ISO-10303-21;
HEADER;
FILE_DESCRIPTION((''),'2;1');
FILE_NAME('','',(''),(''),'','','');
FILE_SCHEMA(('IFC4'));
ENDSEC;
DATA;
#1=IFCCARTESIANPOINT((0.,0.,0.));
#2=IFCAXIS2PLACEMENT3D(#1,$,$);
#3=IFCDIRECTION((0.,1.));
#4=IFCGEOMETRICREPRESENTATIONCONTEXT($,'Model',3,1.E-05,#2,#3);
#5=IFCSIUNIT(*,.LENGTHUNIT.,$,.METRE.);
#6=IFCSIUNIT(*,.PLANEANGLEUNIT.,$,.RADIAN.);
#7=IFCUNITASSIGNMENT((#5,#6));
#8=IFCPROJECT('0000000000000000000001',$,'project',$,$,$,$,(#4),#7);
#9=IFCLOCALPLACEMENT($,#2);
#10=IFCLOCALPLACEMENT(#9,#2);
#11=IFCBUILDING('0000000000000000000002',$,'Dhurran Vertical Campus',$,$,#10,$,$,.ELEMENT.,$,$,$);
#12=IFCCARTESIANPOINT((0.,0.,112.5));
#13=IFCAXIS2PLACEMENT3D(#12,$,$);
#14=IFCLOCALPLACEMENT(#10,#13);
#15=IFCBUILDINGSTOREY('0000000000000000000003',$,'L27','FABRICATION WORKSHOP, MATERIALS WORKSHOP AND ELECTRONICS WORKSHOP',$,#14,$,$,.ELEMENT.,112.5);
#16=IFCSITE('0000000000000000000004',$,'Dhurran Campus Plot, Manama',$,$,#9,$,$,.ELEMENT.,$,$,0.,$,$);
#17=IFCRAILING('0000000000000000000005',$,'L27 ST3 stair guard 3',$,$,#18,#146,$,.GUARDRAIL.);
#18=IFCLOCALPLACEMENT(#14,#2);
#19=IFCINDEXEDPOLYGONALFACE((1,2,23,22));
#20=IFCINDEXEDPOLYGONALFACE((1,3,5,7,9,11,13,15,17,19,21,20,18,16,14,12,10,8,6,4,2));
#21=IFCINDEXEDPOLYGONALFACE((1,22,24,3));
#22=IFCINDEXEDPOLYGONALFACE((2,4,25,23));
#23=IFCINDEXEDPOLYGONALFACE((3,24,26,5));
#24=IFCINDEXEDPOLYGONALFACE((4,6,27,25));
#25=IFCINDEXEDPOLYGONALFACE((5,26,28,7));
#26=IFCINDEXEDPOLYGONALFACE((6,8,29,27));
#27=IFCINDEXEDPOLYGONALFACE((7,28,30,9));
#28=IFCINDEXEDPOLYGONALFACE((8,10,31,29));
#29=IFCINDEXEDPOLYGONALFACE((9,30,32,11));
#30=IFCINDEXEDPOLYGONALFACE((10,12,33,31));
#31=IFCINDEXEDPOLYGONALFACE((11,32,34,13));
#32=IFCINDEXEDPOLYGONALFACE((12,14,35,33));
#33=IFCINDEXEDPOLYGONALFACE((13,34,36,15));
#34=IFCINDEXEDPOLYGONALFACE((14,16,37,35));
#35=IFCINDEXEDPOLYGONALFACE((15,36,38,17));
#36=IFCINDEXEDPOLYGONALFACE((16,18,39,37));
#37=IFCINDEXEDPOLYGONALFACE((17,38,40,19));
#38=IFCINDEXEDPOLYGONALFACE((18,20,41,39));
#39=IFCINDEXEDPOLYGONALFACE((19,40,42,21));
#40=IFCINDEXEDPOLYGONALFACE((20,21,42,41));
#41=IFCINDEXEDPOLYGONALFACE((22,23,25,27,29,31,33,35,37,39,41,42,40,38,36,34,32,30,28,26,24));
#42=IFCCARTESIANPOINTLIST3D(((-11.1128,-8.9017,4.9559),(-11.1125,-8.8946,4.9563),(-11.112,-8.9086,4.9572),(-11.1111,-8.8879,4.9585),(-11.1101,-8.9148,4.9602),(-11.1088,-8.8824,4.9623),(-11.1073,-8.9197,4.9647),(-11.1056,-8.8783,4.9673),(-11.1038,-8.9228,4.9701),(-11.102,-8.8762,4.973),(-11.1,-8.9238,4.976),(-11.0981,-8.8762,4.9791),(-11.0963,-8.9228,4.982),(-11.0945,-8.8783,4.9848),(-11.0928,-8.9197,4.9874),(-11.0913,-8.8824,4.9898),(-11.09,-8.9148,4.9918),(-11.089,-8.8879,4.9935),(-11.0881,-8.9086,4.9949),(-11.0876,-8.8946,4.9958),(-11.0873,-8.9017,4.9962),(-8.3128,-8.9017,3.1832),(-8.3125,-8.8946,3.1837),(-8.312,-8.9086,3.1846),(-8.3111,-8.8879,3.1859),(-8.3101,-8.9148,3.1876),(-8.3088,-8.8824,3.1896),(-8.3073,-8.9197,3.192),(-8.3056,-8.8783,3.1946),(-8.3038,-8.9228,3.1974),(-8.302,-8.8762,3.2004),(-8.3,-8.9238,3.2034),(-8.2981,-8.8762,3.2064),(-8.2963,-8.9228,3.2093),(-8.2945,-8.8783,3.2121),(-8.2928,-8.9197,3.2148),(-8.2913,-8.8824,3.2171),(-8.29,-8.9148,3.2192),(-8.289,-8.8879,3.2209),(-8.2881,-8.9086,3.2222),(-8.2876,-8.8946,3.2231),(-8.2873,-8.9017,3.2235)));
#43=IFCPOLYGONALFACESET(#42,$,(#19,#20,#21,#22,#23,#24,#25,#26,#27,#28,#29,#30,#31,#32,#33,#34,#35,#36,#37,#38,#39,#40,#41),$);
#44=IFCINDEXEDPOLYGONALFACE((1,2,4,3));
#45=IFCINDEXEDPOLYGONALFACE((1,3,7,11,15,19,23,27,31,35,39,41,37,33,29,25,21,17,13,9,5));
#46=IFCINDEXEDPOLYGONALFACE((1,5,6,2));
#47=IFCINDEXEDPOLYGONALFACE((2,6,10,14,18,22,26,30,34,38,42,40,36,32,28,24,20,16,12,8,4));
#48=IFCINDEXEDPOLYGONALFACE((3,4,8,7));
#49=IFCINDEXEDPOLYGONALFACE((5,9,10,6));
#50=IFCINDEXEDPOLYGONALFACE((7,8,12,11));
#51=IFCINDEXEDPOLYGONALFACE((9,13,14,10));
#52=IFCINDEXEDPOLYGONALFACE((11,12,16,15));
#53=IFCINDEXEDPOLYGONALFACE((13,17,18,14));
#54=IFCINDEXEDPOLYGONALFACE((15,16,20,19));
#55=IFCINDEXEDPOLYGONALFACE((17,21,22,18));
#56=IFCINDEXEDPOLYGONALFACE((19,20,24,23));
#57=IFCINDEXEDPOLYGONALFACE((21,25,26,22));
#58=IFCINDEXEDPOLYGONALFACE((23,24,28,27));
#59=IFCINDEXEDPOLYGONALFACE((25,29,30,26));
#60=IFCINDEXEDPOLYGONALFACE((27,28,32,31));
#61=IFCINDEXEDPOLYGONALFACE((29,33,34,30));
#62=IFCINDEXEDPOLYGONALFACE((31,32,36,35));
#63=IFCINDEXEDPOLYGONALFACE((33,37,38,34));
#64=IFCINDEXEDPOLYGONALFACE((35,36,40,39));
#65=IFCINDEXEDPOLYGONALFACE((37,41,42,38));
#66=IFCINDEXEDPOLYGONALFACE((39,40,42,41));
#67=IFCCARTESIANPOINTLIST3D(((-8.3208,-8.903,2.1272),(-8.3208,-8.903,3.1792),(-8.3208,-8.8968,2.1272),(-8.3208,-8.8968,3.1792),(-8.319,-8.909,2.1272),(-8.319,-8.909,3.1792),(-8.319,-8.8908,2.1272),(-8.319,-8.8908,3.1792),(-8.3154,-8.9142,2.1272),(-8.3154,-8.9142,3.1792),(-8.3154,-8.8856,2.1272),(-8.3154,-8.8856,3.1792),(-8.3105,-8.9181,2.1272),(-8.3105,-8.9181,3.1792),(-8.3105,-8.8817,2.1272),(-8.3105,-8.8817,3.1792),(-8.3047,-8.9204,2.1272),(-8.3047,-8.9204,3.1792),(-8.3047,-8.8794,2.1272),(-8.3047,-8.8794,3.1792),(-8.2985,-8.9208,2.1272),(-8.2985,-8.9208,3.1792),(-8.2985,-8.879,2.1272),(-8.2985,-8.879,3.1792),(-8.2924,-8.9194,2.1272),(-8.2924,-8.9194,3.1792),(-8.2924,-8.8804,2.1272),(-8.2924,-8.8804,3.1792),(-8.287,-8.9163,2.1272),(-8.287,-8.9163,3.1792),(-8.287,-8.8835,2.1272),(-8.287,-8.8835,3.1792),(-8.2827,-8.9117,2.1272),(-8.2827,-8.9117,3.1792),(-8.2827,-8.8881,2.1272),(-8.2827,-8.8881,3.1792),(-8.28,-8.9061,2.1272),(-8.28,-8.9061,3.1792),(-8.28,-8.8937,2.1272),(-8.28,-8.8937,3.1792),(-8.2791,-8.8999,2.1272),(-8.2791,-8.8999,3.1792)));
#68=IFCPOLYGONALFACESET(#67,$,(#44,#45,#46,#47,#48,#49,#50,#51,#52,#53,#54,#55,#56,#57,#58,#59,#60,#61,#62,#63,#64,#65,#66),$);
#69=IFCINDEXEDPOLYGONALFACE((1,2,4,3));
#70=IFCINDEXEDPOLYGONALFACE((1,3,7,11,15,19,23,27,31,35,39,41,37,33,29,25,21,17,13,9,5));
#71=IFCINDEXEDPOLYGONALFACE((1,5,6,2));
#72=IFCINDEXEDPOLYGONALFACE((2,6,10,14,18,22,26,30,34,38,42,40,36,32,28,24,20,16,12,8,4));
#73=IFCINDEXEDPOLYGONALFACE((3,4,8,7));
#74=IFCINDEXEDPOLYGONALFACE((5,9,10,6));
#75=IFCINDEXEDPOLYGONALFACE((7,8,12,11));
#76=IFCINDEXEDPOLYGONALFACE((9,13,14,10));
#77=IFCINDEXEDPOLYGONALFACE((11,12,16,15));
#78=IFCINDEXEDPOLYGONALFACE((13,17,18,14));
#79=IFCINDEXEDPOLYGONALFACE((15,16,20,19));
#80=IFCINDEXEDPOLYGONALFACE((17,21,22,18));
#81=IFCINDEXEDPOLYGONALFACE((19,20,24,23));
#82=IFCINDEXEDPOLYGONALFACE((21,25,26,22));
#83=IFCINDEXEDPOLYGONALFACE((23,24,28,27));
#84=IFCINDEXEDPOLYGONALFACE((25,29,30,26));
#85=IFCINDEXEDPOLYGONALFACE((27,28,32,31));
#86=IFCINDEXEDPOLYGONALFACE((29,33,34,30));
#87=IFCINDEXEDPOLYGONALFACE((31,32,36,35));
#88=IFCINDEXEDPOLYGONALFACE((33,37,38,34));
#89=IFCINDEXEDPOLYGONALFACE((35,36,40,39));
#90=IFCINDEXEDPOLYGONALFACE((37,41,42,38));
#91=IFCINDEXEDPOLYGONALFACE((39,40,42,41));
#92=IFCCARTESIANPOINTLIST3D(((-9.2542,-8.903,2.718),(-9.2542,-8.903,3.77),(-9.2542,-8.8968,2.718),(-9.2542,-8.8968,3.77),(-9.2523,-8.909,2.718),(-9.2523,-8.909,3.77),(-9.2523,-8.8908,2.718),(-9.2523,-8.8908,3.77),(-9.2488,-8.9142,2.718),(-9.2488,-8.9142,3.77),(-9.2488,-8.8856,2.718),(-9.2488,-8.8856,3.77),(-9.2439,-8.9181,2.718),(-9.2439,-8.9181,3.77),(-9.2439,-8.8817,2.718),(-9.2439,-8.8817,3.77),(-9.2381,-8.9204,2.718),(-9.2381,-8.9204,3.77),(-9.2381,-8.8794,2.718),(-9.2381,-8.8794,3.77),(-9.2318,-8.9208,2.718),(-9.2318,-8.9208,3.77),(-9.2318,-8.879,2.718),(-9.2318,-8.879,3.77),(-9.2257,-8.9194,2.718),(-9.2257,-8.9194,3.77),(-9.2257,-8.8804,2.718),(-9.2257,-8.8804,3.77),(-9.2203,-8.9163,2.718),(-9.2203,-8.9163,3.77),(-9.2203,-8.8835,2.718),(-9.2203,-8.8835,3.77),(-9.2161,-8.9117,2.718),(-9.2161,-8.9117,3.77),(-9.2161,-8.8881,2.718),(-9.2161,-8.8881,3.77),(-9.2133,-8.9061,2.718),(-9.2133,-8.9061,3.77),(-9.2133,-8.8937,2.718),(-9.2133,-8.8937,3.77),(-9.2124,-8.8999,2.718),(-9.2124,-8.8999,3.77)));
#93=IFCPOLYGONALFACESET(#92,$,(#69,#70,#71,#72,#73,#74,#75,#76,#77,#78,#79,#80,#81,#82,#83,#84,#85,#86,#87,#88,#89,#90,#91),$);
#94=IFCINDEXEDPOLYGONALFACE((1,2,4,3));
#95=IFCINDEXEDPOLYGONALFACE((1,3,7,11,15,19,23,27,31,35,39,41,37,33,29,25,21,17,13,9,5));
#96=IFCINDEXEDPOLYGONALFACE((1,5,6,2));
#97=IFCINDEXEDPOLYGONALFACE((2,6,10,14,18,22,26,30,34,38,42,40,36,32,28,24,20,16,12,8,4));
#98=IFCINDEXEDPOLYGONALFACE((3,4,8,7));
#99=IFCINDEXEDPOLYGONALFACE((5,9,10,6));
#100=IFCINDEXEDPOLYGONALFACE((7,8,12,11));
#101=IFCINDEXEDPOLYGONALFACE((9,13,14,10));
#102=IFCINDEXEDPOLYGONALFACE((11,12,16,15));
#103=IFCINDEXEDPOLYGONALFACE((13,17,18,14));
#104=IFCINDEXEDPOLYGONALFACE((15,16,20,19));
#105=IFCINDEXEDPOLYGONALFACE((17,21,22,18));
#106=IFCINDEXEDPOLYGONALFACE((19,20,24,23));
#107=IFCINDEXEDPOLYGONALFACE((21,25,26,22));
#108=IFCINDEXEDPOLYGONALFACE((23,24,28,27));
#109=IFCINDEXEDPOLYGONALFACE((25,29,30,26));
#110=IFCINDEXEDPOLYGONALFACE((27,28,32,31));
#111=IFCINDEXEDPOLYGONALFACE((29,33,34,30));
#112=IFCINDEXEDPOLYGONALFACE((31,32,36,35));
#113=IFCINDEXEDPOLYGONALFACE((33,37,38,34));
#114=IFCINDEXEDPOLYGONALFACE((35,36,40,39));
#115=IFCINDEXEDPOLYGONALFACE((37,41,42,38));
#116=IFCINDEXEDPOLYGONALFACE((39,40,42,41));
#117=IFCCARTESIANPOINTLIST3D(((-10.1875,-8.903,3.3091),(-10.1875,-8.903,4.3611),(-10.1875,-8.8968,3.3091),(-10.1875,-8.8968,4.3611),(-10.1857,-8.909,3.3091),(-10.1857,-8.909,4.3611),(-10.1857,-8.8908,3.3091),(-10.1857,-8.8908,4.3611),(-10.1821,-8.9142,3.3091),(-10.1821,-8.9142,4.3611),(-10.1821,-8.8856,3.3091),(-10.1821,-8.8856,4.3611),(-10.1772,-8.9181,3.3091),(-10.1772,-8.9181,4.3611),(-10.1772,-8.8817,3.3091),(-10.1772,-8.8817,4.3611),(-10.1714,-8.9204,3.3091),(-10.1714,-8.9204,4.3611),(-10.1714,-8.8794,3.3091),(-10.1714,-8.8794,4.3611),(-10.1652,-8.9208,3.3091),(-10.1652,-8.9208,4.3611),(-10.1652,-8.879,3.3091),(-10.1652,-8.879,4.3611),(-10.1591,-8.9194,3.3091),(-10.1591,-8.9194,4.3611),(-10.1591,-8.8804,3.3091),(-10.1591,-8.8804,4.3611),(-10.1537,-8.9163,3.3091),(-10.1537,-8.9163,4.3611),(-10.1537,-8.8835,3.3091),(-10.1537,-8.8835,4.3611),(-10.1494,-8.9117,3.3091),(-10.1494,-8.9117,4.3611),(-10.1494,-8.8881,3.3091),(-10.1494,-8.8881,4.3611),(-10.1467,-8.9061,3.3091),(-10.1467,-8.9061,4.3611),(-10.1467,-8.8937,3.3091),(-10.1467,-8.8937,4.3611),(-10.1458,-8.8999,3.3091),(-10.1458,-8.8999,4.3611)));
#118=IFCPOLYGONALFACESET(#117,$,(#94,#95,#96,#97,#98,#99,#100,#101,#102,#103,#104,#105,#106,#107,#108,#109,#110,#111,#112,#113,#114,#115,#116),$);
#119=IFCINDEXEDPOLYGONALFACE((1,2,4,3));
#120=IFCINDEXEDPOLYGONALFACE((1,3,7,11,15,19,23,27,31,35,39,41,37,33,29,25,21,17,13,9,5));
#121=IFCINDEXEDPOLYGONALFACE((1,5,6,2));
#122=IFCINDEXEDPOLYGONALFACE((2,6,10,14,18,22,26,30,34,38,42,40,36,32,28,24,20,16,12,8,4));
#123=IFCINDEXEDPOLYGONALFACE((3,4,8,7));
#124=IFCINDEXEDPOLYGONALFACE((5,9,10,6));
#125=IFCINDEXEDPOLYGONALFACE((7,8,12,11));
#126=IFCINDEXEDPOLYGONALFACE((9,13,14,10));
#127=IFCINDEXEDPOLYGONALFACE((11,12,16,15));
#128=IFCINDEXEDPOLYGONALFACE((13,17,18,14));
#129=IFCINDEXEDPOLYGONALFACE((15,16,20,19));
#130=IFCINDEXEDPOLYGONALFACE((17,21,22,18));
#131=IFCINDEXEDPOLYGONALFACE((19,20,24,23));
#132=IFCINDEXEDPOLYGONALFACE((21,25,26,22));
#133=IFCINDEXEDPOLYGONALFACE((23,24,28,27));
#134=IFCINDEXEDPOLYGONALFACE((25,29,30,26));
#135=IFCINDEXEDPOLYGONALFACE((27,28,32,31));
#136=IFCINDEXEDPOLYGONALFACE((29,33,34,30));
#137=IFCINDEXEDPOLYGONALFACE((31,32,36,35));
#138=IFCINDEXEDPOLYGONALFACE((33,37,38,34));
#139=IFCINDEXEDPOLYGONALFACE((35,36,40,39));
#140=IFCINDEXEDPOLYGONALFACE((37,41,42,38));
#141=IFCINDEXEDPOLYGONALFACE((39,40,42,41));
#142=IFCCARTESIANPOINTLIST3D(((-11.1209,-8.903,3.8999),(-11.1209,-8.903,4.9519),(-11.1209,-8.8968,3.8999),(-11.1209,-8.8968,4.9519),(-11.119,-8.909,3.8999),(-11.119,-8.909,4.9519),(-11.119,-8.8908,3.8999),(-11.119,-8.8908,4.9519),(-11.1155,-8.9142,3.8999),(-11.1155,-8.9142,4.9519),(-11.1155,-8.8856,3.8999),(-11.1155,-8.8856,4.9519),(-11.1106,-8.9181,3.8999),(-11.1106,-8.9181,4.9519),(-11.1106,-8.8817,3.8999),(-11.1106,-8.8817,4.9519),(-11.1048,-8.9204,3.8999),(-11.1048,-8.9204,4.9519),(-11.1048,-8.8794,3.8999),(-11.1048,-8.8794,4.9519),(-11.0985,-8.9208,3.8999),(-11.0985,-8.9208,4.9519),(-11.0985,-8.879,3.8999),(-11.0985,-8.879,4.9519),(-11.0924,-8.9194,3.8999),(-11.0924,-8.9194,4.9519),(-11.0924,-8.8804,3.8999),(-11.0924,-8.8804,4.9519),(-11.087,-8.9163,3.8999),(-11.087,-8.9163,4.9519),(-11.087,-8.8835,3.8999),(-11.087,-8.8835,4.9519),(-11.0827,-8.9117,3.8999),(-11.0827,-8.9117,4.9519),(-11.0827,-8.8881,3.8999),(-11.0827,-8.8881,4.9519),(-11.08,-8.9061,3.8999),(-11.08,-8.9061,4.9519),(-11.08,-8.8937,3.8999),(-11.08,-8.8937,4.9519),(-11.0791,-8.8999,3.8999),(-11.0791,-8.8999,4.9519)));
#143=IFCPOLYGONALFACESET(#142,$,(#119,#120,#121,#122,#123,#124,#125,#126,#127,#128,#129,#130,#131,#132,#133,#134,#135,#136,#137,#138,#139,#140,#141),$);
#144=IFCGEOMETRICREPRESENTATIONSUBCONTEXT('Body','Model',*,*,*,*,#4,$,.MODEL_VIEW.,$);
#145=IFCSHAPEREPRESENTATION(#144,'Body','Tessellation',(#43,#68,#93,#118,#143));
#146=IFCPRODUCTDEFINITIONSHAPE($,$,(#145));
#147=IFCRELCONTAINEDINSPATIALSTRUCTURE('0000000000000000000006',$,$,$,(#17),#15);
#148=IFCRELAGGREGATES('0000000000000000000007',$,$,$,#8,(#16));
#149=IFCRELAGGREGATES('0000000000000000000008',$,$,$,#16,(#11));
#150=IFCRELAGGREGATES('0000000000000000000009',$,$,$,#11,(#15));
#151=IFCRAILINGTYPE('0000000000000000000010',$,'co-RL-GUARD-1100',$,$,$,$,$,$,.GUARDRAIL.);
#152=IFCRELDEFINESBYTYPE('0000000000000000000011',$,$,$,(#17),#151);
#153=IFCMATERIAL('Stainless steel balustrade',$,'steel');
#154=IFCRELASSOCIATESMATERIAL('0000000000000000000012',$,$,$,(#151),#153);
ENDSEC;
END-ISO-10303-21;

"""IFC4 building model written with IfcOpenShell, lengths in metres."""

from ifc_helpers import new_model, si_unit, direction, frame, origin, origin_2d, place, context, subcontext, project, spatial, circle, extrude, material, type_object, element, save


model = new_model("IFC4")

# Units and contexts
model_context = context("Model", 3, precision=1e-05, world=origin(), true_north=direction((0.0, 1.0)))
body_context = subcontext(model_context, "Body", "Model", "MODEL_VIEW")
ifc_project = project(units=[si_unit("LENGTHUNIT", "METRE"), si_unit("PLANEANGLEUNIT", "RADIAN")], contexts=[model_context])

# Site, building, storey
site_placement = place(None, origin())
site = spatial("IfcSite", under=ifc_project, at=site_placement, Name="Dhurran Campus Plot, Manama", CompositionType="ELEMENT", RefElevation=0.0)
building_placement = place(site_placement, origin())
building = spatial("IfcBuilding", under=site, at=building_placement, Name="Dhurran Vertical Campus", CompositionType="ELEMENT")
storey_placement = place(building_placement, frame((0.0, 0.0, 112.5)))
storey = spatial("IfcBuildingStorey", under=building, at=storey_placement, Name="L27", Description="FABRICATION WORKSHOP, MATERIALS WORKSHOP AND ELECTRONICS WORKSHOP", CompositionType="ELEMENT", Elevation=112.5)

# Railing
ifc_material_1 = material(Name="Stainless steel balustrade", Category="steel")
railing_type_1 = type_object("IfcRailingType", Name="co-RL-GUARD-1100", PredefinedType="GUARDRAIL", material=ifc_material_1)
railing_1_placement = place(storey_placement, frame((-8.3, -8.8999, 2.1272)))
element("IfcRailing", 1, at=railing_1_placement, inside=storey, type_object=railing_type_1, Name="L27 ST3 stair guard 3", PredefinedType="GUARDRAIL", context=body_context, shape_type="SweptSolid", body=[
    extrude(circle(Radius=0.0239, at=origin_2d()), frame((0.0, 0.0, 1.0762), z_axis=(-0.844909, 0.0, 0.53491), x_axis=(0.0, -1.0, 0.0)), (0.0, 0.0, 1.0), 3.314),
    extrude(circle(Radius=0.021, at=origin_2d()), origin(), (0.0, 0.0, 1.0), 1.052),
    extrude(circle(Radius=0.021, at=origin_2d()), frame((-0.9333, 0.0, 0.5908)), (0.0, 0.0, 1.0), 1.052),
    extrude(circle(Radius=0.021, at=origin_2d()), frame((-1.8667, 0.0, 1.1819)), (0.0, 0.0, 1.0), 1.052),
    extrude(circle(Radius=0.021, at=origin_2d()), frame((-2.8, 0.0, 1.7727)), (0.0, 0.0, 1.0), 1.052),
])

save(model, "model.ifc")
